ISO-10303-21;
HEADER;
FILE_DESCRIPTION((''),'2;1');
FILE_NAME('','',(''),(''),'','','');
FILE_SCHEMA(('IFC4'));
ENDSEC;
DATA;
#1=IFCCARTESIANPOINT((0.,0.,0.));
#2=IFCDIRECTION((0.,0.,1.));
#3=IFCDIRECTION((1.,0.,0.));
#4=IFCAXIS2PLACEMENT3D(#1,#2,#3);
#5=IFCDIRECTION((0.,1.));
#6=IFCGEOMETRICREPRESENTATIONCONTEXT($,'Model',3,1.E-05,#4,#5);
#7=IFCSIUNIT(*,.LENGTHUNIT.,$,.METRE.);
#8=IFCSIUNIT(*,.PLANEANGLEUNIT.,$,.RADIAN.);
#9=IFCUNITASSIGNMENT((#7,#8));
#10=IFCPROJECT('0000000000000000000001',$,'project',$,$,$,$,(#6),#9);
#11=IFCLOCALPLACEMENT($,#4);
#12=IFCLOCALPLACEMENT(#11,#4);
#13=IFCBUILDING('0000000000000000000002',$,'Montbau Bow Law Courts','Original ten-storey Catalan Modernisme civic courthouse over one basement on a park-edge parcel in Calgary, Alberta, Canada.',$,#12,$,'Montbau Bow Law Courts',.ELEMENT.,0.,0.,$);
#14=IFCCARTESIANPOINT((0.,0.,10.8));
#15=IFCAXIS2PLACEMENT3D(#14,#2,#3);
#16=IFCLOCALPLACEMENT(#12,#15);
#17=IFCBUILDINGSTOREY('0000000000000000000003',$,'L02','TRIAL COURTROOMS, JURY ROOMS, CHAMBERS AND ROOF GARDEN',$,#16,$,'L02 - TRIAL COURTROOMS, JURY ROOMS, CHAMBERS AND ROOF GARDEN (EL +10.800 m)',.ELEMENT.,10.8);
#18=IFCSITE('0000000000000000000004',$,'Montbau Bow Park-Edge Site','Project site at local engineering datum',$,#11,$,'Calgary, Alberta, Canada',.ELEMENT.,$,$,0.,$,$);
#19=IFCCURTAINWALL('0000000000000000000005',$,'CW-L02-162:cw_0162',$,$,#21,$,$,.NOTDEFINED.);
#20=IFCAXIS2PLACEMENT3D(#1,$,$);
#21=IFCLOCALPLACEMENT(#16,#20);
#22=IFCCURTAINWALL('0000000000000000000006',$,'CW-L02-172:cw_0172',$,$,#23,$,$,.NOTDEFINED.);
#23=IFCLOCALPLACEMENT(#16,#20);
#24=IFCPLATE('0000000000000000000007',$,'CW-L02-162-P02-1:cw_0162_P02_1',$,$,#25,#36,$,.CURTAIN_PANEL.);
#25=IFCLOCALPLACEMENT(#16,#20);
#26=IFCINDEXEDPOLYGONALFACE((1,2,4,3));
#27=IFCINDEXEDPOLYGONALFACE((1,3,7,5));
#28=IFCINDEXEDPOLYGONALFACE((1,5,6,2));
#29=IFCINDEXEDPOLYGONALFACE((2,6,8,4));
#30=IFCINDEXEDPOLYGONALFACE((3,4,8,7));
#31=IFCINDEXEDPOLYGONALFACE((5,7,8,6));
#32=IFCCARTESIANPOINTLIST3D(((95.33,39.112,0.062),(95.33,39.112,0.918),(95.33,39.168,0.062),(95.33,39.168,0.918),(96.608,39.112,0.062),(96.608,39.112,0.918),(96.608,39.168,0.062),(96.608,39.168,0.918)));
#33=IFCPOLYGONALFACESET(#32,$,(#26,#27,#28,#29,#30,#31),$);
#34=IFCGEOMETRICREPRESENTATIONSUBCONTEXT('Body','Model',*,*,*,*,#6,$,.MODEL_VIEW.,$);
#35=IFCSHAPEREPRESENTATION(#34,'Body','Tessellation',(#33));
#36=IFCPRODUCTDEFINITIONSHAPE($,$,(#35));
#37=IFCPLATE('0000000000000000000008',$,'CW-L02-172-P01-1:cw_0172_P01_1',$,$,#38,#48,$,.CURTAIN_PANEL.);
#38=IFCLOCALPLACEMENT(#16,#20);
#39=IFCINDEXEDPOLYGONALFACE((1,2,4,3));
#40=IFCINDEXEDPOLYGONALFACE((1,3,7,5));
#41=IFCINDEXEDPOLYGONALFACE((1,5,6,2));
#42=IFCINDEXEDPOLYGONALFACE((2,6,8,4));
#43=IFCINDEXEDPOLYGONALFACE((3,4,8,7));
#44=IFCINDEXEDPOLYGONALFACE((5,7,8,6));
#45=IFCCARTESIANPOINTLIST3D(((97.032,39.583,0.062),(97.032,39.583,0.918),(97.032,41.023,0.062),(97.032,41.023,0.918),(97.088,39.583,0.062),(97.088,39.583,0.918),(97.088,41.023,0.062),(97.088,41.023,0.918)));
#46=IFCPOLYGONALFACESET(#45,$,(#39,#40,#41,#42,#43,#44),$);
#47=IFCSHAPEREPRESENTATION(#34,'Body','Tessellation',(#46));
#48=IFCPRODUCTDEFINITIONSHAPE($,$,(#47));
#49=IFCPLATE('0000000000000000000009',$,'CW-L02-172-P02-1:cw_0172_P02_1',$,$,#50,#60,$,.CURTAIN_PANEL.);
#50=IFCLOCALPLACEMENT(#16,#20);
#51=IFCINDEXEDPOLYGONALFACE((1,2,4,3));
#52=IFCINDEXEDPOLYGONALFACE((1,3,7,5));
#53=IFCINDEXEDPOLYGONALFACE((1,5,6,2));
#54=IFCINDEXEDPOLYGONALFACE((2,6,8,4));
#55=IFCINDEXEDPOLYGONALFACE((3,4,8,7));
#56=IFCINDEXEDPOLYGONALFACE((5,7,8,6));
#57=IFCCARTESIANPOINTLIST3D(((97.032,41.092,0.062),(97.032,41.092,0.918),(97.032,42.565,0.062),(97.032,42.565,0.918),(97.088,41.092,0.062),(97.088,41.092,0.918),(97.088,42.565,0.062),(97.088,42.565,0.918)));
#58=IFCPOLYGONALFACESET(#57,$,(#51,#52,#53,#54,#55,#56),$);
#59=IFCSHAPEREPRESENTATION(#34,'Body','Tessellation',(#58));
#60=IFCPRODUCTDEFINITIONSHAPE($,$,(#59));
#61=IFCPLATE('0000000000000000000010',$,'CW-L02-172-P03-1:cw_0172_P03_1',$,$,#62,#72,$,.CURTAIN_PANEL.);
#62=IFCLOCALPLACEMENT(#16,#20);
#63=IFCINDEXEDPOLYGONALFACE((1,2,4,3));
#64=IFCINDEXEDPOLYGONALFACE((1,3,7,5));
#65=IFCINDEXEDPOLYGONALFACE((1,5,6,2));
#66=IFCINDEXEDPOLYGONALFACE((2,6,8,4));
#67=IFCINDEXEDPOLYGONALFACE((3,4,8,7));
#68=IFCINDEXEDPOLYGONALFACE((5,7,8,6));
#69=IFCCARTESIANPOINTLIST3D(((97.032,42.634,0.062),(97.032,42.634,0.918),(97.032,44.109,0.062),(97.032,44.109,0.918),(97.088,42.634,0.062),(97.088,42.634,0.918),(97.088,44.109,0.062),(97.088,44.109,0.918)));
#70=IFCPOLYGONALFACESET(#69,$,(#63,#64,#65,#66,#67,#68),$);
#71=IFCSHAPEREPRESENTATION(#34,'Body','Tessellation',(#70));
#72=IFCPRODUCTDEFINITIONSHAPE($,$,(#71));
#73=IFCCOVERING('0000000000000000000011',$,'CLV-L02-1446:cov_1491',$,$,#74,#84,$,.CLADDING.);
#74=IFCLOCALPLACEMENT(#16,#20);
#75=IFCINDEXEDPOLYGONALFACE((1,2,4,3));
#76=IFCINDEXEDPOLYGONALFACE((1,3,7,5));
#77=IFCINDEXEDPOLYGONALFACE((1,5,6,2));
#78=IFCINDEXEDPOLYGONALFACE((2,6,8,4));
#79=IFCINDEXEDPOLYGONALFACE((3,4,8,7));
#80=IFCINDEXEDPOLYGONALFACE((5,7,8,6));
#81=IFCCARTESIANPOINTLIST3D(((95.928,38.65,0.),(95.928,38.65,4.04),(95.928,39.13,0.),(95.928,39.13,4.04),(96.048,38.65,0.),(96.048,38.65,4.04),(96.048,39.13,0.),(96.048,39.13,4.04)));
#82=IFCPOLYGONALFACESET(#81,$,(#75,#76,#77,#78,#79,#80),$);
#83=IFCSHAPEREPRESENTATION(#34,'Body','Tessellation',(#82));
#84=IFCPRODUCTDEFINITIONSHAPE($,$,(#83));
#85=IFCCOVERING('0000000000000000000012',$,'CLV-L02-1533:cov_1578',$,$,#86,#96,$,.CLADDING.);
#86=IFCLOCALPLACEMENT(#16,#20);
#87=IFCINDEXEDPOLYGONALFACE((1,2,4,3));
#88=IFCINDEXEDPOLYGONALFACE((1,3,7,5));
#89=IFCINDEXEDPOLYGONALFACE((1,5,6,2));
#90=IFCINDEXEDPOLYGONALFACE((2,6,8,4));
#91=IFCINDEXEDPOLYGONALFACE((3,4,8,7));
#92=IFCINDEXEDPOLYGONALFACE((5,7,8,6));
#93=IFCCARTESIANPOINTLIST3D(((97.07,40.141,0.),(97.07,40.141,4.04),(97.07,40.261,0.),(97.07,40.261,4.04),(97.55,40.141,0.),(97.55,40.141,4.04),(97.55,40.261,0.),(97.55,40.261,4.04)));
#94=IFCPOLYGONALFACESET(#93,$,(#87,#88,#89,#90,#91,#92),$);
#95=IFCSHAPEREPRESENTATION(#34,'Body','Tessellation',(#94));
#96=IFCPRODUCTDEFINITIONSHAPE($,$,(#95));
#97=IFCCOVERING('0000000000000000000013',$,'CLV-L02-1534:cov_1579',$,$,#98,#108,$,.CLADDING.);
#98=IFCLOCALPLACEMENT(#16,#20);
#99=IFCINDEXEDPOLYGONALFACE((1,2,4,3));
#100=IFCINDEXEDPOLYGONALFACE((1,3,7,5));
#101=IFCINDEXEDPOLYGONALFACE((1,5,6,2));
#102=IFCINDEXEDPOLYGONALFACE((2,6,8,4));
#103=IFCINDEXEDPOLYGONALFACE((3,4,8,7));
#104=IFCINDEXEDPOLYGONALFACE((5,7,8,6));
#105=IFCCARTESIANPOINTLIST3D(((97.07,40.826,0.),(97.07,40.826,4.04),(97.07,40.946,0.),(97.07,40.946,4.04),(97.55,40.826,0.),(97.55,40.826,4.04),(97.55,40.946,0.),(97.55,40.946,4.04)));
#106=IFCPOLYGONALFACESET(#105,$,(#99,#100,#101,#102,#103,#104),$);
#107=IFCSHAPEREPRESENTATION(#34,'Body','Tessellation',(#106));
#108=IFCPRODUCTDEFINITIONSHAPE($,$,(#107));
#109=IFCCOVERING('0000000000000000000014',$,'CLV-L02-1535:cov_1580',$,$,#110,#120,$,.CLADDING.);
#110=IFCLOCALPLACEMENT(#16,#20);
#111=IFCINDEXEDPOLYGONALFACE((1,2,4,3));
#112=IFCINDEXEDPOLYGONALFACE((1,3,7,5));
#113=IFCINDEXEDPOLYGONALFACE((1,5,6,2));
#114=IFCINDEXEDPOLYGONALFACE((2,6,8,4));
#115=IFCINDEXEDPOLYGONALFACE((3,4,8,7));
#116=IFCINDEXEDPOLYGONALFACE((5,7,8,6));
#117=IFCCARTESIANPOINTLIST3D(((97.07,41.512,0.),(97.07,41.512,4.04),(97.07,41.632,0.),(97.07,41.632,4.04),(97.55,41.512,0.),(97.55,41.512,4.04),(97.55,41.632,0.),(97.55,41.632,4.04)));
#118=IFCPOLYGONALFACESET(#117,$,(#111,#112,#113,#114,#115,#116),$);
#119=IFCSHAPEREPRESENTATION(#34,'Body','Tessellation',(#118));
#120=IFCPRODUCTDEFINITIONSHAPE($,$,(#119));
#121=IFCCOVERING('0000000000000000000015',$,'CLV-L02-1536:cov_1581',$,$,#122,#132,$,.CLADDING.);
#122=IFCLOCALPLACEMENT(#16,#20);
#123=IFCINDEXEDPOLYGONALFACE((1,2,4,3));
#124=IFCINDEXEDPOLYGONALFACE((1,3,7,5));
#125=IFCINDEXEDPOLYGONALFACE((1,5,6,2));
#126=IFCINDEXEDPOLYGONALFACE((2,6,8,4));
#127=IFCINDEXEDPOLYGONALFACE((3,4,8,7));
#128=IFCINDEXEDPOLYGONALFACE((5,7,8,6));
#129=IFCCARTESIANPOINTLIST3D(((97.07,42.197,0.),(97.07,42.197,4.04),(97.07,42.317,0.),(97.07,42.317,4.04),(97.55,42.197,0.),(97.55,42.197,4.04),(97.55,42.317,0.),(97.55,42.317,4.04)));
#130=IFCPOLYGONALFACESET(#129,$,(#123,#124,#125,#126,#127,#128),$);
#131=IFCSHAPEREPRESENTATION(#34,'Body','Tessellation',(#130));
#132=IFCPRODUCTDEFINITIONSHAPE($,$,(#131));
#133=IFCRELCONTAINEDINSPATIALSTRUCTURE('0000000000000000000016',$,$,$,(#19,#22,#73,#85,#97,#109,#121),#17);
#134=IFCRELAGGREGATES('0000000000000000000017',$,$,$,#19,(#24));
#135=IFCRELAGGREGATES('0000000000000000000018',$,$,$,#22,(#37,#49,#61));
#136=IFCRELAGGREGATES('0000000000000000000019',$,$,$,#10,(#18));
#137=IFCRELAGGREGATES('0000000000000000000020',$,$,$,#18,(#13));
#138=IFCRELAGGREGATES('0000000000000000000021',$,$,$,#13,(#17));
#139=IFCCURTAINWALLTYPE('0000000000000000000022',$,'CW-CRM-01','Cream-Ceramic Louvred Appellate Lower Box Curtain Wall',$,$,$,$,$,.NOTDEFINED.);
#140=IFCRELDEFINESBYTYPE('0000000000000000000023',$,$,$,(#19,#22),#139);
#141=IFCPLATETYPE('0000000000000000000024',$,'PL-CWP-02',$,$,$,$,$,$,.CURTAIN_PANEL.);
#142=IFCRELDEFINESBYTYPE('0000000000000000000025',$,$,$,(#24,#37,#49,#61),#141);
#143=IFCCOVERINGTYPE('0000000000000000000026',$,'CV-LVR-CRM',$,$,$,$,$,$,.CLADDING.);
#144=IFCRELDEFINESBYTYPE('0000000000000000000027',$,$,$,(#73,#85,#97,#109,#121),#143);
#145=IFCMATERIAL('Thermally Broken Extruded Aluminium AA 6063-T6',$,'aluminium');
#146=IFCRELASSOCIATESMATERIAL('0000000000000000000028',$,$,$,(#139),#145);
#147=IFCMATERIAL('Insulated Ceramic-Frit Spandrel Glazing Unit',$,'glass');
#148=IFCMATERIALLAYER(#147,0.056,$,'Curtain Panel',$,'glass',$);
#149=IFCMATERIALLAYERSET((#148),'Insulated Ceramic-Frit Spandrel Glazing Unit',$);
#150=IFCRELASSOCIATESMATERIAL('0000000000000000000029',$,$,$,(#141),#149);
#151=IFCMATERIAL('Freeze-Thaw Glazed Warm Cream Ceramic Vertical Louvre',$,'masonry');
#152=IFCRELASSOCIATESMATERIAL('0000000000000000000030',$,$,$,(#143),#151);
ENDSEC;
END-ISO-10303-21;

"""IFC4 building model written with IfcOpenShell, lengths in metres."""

from ifc_helpers import new_model, si_unit, direction, frame, frame_2d, origin_with_axes, place, context, subcontext, project, spatial, rectangle, extrude, material, layer, layer_set, type_object, element, aggregate, save


model = new_model("IFC4")

# Units and contexts
model_context = context("Model", 3, precision=1e-05, world=origin_with_axes(), true_north=direction((0.0, 1.0)))
body_context = subcontext(model_context, "Body", "Model", "MODEL_VIEW")
ifc_project = project(units=[si_unit("LENGTHUNIT", "METRE"), si_unit("PLANEANGLEUNIT", "RADIAN")], contexts=[model_context])

# Site, building, storey
site_placement = place(None, origin_with_axes())
site = spatial("IfcSite", under=ifc_project, at=site_placement, Name="Montbau Bow Park-Edge Site", Description="Project site at local engineering datum", LongName="Calgary, Alberta, Canada", CompositionType="ELEMENT", RefElevation=0.0)
building_placement = place(site_placement, origin_with_axes())
building = spatial("IfcBuilding", under=site, at=building_placement, Name="Montbau Bow Law Courts", Description="Original ten-storey Catalan Modernisme civic courthouse over one basement on a park-edge parcel in Calgary, Alberta, Canada.", LongName="Montbau Bow Law Courts", CompositionType="ELEMENT", ElevationOfRefHeight=0.0, ElevationOfTerrain=0.0)
storey_placement = place(building_placement, frame((0.0, 0.0, 10.8), z_axis=(0.0, 0.0, 1.0), x_axis=(1.0, 0.0, 0.0)))
storey = spatial("IfcBuildingStorey", under=building, at=storey_placement, Name="L02", Description="TRIAL COURTROOMS, JURY ROOMS, CHAMBERS AND ROOF GARDEN", LongName="L02 - TRIAL COURTROOMS, JURY ROOMS, CHAMBERS AND ROOF GARDEN (EL +10.800 m)", CompositionType="ELEMENT", Elevation=10.8)

# Curtain walls
ifc_material_1 = material(Name="Thermally Broken Extruded Aluminium AA 6063-T6", Category="aluminium")
curtain_wall_type = type_object("IfcCurtainWallType", Name="CW-CRM-01", Description="Cream-Ceramic Louvred Appellate Lower Box Curtain Wall", PredefinedType="NOTDEFINED", material=ifc_material_1)
curtain_wall_1_placement = place(None, frame((93.897, 39.14, 10.8), z_axis=(0.0, 0.0, 1.0), x_axis=(1.0, 0.0, 0.0)))
curtain_wall_1 = element("IfcCurtainWall", 1, at=curtain_wall_1_placement, inside=storey, type_object=curtain_wall_type, Name="CW-L02-162:cw_0162", PredefinedType="NOTDEFINED")
curtain_wall_2_placement = place(None, frame((97.06, 39.515, 10.8), z_axis=(0.0, 0.0, 1.0), x_axis=(1.0, 0.0, 0.0)))
curtain_wall_2 = element("IfcCurtainWall", 2, at=curtain_wall_2_placement, inside=storey, type_object=curtain_wall_type, Name="CW-L02-172:cw_0172", PredefinedType="NOTDEFINED")

# Plates
ifc_material_2 = material(Name="Insulated Ceramic-Frit Spandrel Glazing Unit", Category="glass")
ifc_layer_1 = layer(ifc_material_2, 0.056, Name="Curtain Panel", Category="glass")
ifc_layer_set_1 = layer_set([ifc_layer_1], Name="Insulated Ceramic-Frit Spandrel Glazing Unit")
plate_type_1 = type_object("IfcPlateType", Name="PL-CWP-02", PredefinedType="CURTAIN_PANEL", material=ifc_layer_set_1)
plate_1_placement = place(None, frame((95.33, 39.14, 10.862), z_axis=(0.0, -1.0, 0.0), x_axis=(1.0, 0.0, 0.0)))
plate_1 = element("IfcPlate", 3, at=plate_1_placement, type_object=plate_type_1, Name="CW-L02-162-P02-1:cw_0162_P02_1", PredefinedType="CURTAIN_PANEL", context=body_context, shape_type="SweptSolid", body=[
    extrude(rectangle(XDim=1.278, YDim=0.856, at=frame_2d((0.639, 0.428), x_axis=(1.0, 0.0))), frame((0.0, 0.0, -0.028), z_axis=(0.0, 0.0, 1.0), x_axis=(1.0, 0.0, 0.0)), (0.0, 0.0, 1.0), 0.056),
])
aggregate(curtain_wall_1, [plate_1])
plate_2_placement = place(None, frame((97.06, 39.583, 10.862), z_axis=(1.0, 0.0, 0.0), x_axis=(0.0, 1.0, 0.0)))
plate_2 = element("IfcPlate", 4, at=plate_2_placement, type_object=plate_type_1, Name="CW-L02-172-P01-1:cw_0172_P01_1", PredefinedType="CURTAIN_PANEL", context=body_context, shape_type="SweptSolid", body=[
    extrude(rectangle(XDim=1.44, YDim=0.856, at=frame_2d((0.72, 0.428), x_axis=(1.0, 0.0))), frame((0.0, 0.0, -0.028), z_axis=(0.0, 0.0, 1.0), x_axis=(1.0, 0.0, 0.0)), (0.0, 0.0, 1.0), 0.056),
])
plate_3_placement = place(None, frame((97.06, 41.092, 10.862), z_axis=(1.0, 0.0, 0.0), x_axis=(0.0, 1.0, 0.0)))
plate_3 = element("IfcPlate", 5, at=plate_3_placement, type_object=plate_type_1, Name="CW-L02-172-P02-1:cw_0172_P02_1", PredefinedType="CURTAIN_PANEL", context=body_context, shape_type="SweptSolid", body=[
    extrude(rectangle(XDim=1.473, YDim=0.856, at=frame_2d((0.7365, 0.428), x_axis=(1.0, 0.0))), frame((0.0, 0.0, -0.028), z_axis=(0.0, 0.0, 1.0), x_axis=(1.0, 0.0, 0.0)), (0.0, 0.0, 1.0), 0.056),
])
plate_4_placement = place(None, frame((97.06, 42.634, 10.862), z_axis=(1.0, 0.0, 0.0), x_axis=(0.0, 1.0, 0.0)))
plate_4 = element("IfcPlate", 6, at=plate_4_placement, type_object=plate_type_1, Name="CW-L02-172-P03-1:cw_0172_P03_1", PredefinedType="CURTAIN_PANEL", context=body_context, shape_type="SweptSolid", body=[
    extrude(rectangle(XDim=1.475, YDim=0.856, at=frame_2d((0.7375, 0.428), x_axis=(1.0, 0.0))), frame((0.0, 0.0, -0.028), z_axis=(0.0, 0.0, 1.0), x_axis=(1.0, 0.0, 0.0)), (0.0, 0.0, 1.0), 0.056),
])
aggregate(curtain_wall_2, [plate_2, plate_3, plate_4])

# Coverings
ifc_material_3 = material(Name="Freeze-Thaw Glazed Warm Cream Ceramic Vertical Louvre", Category="masonry")
covering_type = type_object("IfcCoveringType", Name="CV-LVR-CRM", PredefinedType="CLADDING", material=ifc_material_3)
for number, where, z_axis, x_axis, name in (
    (7, (95.988, 39.13, 10.8), (-1.0, 0.0, 0.0), (0.0, -1.0, 0.0), "CLV-L02-1446:cov_1491"),
    (8, (97.07, 40.201, 10.8), (0.0, -1.0, 0.0), (1.0, 0.0, 0.0), "CLV-L02-1533:cov_1578"),
    (9, (97.07, 40.886, 10.8), (0.0, -1.0, 0.0), (1.0, 0.0, 0.0), "CLV-L02-1534:cov_1579"),
    (10, (97.07, 41.572, 10.8), (0.0, -1.0, 0.0), (1.0, 0.0, 0.0), "CLV-L02-1535:cov_1580"),
    (11, (97.07, 42.257, 10.8), (0.0, -1.0, 0.0), (1.0, 0.0, 0.0), "CLV-L02-1536:cov_1581"),
):
    element("IfcCovering", number, at=place(None, frame(where, z_axis=z_axis, x_axis=x_axis)), inside=storey, type_object=covering_type, Name=name, PredefinedType="CLADDING", context=body_context, shape_type="SweptSolid", body=[
        extrude(rectangle(XDim=0.48, YDim=4.04, at=frame_2d((0.24, 2.02), x_axis=(1.0, 0.0))), frame((0.0, 0.0, -0.06), z_axis=(0.0, 0.0, 1.0), x_axis=(1.0, 0.0, 0.0)), (0.0, 0.0, 1.0), 0.12),
    ])

save(model, "model.ifc")
